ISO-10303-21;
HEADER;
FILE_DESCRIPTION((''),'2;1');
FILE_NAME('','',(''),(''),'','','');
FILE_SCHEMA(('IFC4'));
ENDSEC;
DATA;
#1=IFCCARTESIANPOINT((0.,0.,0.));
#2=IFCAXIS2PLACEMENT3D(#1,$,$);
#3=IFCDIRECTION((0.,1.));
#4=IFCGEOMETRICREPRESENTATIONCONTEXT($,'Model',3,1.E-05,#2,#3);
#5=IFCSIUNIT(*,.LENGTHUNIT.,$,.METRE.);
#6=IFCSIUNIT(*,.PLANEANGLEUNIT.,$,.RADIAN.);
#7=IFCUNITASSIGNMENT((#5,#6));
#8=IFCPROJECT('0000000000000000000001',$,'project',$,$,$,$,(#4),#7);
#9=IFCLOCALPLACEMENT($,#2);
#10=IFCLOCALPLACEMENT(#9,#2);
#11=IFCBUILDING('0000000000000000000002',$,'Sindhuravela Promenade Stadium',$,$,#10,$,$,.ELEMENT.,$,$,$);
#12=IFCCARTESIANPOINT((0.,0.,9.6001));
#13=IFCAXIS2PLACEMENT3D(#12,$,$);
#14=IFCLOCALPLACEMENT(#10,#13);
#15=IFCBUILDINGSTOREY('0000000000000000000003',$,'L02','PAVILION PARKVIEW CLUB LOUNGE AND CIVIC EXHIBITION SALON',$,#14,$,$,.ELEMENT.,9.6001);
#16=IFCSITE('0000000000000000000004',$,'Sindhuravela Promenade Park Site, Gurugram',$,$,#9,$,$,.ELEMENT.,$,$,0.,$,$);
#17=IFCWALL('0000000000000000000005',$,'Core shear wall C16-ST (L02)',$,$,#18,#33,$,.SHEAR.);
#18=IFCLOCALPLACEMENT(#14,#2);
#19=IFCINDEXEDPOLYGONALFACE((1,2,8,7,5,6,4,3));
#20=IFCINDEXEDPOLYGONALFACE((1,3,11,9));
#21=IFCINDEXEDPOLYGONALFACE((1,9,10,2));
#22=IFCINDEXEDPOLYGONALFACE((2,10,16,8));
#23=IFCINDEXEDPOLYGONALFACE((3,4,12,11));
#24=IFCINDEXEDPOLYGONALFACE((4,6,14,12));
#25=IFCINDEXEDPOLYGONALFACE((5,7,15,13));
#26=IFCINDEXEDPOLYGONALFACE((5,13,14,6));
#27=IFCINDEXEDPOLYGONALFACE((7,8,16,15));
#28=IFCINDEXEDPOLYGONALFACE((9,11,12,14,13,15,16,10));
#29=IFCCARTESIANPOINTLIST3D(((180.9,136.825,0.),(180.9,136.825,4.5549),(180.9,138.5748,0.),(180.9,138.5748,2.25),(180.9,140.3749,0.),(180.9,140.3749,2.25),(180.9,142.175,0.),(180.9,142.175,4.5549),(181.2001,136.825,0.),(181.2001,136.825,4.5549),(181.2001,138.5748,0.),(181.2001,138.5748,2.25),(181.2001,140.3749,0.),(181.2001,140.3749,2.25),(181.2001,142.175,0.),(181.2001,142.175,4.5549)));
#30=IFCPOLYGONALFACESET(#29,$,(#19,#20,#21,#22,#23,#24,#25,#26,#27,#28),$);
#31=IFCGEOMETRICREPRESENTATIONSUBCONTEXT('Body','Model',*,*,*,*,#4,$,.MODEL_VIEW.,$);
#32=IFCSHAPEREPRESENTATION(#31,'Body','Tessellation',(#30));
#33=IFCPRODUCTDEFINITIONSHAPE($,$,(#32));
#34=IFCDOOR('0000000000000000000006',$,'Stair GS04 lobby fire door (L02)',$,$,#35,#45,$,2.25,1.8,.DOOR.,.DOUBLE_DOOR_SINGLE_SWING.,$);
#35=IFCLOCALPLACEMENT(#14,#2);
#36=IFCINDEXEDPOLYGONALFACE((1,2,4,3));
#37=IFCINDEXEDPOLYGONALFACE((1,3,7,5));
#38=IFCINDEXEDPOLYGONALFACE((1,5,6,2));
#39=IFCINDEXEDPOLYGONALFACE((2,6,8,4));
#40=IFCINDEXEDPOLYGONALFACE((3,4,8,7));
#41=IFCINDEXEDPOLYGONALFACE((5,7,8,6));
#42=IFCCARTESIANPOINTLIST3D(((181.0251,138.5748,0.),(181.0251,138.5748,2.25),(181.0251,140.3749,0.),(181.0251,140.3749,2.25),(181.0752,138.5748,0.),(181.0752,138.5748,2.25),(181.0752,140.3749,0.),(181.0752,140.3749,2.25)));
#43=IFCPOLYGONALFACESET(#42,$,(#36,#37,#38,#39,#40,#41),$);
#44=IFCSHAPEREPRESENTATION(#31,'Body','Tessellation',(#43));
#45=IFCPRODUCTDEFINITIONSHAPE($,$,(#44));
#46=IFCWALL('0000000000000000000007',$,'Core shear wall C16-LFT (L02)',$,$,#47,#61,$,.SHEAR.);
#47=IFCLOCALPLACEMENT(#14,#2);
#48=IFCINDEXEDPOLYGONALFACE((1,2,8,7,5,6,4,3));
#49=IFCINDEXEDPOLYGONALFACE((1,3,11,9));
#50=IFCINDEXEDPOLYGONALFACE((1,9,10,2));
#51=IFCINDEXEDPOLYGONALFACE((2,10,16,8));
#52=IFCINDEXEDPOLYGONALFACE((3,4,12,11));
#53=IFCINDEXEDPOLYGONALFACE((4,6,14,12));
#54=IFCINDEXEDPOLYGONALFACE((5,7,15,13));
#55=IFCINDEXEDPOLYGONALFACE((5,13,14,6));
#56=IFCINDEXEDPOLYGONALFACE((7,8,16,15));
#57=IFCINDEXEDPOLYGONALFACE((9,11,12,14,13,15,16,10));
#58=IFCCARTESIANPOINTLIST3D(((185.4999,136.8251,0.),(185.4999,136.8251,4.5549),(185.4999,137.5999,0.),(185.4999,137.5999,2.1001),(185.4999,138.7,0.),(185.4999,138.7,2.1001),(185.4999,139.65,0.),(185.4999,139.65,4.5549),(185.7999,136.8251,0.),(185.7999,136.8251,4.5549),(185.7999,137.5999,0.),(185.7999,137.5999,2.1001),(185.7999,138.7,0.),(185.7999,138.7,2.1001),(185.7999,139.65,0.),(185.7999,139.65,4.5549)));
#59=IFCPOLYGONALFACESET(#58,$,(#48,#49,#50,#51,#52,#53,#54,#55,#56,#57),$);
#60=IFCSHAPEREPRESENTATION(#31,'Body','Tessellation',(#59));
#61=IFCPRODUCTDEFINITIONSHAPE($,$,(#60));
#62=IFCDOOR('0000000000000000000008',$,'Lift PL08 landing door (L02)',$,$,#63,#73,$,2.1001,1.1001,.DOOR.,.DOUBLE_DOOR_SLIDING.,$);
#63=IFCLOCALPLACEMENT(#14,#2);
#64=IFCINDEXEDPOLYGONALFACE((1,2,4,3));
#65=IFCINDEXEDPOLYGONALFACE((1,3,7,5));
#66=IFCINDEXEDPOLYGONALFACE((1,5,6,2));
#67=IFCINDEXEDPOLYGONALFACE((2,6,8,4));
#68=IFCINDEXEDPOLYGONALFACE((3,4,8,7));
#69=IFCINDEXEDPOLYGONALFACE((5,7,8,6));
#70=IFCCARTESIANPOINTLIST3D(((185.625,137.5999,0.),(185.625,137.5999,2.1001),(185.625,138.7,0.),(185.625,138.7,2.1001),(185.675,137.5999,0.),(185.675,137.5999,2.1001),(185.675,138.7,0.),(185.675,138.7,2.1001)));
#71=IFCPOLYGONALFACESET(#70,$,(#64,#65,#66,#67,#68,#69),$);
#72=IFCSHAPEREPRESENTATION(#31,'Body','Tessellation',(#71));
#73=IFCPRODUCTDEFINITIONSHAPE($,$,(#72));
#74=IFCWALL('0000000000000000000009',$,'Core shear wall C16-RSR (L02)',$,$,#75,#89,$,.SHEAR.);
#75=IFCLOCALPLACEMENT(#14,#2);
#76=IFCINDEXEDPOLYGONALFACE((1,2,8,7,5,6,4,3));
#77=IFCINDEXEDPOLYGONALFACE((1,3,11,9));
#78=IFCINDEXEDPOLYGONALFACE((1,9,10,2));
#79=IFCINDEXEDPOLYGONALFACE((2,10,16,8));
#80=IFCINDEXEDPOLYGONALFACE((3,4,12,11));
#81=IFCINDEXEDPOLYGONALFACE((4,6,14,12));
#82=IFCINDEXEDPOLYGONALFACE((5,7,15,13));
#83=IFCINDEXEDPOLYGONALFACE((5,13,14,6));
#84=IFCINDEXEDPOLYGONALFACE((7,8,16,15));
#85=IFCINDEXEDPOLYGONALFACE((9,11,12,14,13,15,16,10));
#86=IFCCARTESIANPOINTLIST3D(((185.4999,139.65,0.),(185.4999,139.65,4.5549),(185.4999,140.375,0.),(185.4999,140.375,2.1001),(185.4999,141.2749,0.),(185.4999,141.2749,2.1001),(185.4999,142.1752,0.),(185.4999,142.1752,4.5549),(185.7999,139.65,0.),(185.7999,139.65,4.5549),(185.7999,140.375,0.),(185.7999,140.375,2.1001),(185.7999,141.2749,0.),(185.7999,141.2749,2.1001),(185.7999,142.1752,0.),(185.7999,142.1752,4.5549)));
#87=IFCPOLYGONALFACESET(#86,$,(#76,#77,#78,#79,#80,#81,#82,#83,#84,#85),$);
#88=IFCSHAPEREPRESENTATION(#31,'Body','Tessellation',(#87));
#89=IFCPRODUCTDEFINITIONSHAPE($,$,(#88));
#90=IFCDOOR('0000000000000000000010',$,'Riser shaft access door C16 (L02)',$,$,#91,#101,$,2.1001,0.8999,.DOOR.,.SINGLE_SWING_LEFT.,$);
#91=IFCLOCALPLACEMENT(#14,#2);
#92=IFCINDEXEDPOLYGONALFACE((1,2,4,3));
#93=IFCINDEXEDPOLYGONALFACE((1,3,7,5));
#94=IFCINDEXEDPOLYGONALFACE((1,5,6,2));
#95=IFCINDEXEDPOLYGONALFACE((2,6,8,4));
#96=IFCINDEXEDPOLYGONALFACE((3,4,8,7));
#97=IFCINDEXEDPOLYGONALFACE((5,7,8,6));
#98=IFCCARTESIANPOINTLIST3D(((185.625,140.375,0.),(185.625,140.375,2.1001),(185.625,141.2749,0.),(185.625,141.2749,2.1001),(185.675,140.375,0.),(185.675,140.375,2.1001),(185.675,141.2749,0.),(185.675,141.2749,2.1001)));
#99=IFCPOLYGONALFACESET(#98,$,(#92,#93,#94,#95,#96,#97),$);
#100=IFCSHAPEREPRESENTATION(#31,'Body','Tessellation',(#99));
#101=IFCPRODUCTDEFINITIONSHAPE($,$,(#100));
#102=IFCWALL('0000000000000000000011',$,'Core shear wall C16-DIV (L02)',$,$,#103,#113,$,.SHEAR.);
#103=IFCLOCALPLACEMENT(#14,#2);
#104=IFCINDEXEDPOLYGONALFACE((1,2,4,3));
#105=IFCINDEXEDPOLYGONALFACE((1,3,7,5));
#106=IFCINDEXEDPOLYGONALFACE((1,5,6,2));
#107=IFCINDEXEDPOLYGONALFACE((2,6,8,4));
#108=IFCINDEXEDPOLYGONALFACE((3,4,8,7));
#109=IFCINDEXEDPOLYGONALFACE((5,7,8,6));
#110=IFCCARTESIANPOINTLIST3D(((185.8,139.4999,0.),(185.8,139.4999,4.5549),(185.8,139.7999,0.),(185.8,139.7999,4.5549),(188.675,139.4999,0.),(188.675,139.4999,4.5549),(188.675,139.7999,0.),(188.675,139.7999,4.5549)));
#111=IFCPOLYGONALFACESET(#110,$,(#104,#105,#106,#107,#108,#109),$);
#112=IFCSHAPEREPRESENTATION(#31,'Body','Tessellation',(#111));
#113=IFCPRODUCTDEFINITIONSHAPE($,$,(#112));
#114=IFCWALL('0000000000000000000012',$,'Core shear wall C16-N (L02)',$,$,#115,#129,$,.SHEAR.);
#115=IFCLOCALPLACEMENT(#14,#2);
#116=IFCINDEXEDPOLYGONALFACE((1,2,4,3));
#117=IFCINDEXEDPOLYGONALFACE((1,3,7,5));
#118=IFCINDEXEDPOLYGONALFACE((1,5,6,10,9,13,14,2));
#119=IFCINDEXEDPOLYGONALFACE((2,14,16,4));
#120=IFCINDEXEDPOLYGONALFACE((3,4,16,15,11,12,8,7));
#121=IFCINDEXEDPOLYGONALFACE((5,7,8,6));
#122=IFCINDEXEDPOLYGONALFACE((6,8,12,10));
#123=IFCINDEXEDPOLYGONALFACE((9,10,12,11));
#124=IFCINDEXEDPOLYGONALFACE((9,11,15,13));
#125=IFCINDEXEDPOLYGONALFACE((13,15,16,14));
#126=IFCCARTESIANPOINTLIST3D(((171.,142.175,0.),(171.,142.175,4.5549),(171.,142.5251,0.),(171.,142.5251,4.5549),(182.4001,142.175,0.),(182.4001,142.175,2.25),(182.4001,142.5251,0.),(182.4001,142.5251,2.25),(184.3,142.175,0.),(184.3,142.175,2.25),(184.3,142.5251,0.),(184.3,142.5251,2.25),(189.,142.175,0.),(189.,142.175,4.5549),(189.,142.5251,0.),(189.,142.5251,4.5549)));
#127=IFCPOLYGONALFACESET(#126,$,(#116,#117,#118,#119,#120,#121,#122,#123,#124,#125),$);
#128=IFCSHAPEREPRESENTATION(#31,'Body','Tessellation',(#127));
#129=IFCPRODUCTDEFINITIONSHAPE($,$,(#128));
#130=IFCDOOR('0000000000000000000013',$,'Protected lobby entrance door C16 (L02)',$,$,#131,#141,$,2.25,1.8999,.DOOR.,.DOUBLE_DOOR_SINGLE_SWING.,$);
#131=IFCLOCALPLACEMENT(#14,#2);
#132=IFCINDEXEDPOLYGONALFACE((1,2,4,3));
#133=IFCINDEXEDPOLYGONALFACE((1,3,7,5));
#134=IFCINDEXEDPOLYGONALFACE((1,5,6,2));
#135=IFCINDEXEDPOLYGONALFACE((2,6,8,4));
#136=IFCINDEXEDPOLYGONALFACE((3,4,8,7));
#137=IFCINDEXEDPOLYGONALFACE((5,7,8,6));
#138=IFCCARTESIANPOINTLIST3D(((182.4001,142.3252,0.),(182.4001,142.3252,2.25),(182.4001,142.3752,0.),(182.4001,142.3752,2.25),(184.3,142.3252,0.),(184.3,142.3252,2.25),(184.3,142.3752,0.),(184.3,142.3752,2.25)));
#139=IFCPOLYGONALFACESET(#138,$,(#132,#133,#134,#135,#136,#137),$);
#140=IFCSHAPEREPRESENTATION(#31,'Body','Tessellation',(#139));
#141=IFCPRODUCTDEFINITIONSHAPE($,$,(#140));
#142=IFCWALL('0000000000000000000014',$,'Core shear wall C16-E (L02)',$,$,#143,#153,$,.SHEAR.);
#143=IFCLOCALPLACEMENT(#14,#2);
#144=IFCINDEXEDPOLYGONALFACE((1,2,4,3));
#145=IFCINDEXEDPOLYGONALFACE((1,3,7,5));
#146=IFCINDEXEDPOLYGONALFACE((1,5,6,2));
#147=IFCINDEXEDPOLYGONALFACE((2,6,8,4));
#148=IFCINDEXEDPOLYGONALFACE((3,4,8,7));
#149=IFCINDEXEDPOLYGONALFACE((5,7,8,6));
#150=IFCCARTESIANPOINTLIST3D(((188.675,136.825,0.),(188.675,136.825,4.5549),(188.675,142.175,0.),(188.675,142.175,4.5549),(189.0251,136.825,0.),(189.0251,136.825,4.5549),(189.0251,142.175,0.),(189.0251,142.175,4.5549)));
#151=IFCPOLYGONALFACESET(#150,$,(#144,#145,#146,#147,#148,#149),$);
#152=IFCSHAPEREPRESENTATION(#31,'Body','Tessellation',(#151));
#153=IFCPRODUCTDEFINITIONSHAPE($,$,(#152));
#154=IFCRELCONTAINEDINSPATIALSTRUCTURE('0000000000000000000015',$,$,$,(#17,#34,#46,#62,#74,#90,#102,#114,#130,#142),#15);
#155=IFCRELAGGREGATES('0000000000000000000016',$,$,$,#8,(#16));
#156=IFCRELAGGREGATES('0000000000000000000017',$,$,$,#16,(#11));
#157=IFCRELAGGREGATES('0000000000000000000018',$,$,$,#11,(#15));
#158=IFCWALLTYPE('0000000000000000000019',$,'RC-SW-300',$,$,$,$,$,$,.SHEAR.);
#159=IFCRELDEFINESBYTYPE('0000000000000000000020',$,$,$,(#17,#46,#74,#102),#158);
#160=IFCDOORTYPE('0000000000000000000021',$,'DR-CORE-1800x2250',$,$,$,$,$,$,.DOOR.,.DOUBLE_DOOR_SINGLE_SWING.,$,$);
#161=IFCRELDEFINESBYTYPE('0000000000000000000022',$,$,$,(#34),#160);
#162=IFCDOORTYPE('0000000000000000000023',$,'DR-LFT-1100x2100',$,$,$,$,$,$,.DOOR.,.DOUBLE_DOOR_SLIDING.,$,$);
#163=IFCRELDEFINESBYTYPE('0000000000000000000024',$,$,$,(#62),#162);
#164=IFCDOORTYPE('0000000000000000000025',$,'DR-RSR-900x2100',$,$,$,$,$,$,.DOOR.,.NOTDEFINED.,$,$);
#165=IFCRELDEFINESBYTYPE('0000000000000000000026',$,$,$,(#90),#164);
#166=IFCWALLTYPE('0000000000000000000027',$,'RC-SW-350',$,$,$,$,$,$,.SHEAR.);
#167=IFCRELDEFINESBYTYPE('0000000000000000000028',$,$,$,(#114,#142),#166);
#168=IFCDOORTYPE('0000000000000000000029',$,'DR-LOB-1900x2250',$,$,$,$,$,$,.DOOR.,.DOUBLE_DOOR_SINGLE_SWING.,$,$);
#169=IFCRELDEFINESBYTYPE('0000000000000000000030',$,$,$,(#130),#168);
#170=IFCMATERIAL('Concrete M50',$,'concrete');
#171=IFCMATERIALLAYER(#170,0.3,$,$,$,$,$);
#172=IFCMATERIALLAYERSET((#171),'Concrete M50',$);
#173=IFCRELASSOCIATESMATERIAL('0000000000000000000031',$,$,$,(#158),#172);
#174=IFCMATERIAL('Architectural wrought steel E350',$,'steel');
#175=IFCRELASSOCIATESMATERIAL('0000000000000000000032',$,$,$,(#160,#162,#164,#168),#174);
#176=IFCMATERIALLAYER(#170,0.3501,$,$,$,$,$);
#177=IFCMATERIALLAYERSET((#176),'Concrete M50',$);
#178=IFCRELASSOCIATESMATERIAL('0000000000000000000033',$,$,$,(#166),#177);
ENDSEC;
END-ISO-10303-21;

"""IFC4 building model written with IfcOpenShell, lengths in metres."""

from ifc_helpers import new_model, si_unit, direction, frame, frame_2d, origin, place, context, subcontext, project, spatial, rectangle, extrude, material, layer, layer_set, type_object, element, fill, save


model = new_model("IFC4")

# Units and contexts
model_context = context("Model", 3, precision=1e-05, world=origin(), true_north=direction((0.0, 1.0)))
body_context = subcontext(model_context, "Body", "Model", "MODEL_VIEW")
ifc_project = project(units=[si_unit("LENGTHUNIT", "METRE"), si_unit("PLANEANGLEUNIT", "RADIAN")], contexts=[model_context])

# Site, building, storey
site_placement = place(None, origin())
site = spatial("IfcSite", under=ifc_project, at=site_placement, Name="Sindhuravela Promenade Park Site, Gurugram", CompositionType="ELEMENT", RefElevation=0.0)
building_placement = place(site_placement, origin())
building = spatial("IfcBuilding", under=site, at=building_placement, Name="Sindhuravela Promenade Stadium", CompositionType="ELEMENT")
storey_placement = place(building_placement, frame((0.0, 0.0, 9.6001)))
storey = spatial("IfcBuildingStorey", under=building, at=storey_placement, Name="L02", Description="PAVILION PARKVIEW CLUB LOUNGE AND CIVIC EXHIBITION SALON", CompositionType="ELEMENT", Elevation=9.6001)

# Walls, openings, doors
ifc_material_1 = material(Name="Concrete M50", Category="concrete")
ifc_layer_1 = layer(ifc_material_1, 0.3)
ifc_layer_set_1 = layer_set([ifc_layer_1], Name="Concrete M50")
wall_type_1 = type_object("IfcWallType", Name="RC-SW-300", PredefinedType="SHEAR", material=ifc_layer_set_1)
wall_1_placement = place(storey_placement, frame((181.05, 136.825, 0.0), z_axis=(0.0, 0.0, 1.0), x_axis=(0.0, 1.0, 0.0)))
wall_1 = element("IfcWall", 1, at=wall_1_placement, inside=storey, type_object=wall_type_1, Name="Core shear wall C16-ST (L02)", PredefinedType="SHEAR", context=body_context, shape_type="SweptSolid", body=[
    extrude(rectangle(XDim=5.3501, YDim=0.3, at=frame_2d((2.675, 0.0))), origin(), (0.0, 0.0, 1.0), 4.5549),
])
opening_1_placement = place(wall_1_placement, frame((1.75, 0.0, 0.0)))
opening_1 = element("IfcOpeningElement", 2, at=opening_1_placement, cuts=wall_1, PredefinedType="OPENING", context=body_context, shape_type="SweptSolid", body=[
    extrude(rectangle(XDim=1.8, YDim=2.25, at=frame_2d((0.8999, 1.125))), frame((0.0, 0.1599, 0.0), z_axis=(0.0, -1.0, 0.0), x_axis=(1.0, 0.0, 0.0)), (0.0, 0.0, 1.0), 0.3201),
])
ifc_material_2 = material(Name="Architectural wrought steel E350", Category="steel")
door_type_1 = type_object("IfcDoorType", Name="DR-CORE-1800x2250", OperationType="DOUBLE_DOOR_SINGLE_SWING", PredefinedType="DOOR", material=ifc_material_2)
door_1_placement = place(opening_1_placement, origin())
door_1 = element("IfcDoor", 3, at=door_1_placement, inside=storey, type_object=door_type_1, Name="Stair GS04 lobby fire door (L02)", OperationType="DOUBLE_DOOR_SINGLE_SWING", OverallHeight=2.25, OverallWidth=1.8, PredefinedType="DOOR", context=body_context, shape_type="SweptSolid", body=[
    extrude(rectangle(XDim=1.8, YDim=2.25, at=frame_2d((0.8999, 1.125))), frame((0.0, 0.0249, 0.0), z_axis=(0.0, -1.0, 0.0), x_axis=(1.0, 0.0, 0.0)), (0.0, 0.0, 1.0), 0.05),
])
fill(opening_1, door_1)
wall_2_placement = place(storey_placement, frame((185.6499, 136.825, 0.0), z_axis=(0.0, 0.0, 1.0), x_axis=(0.0, 1.0, 0.0)))
wall_2 = element("IfcWall", 4, at=wall_2_placement, inside=storey, type_object=wall_type_1, Name="Core shear wall C16-LFT (L02)", PredefinedType="SHEAR", context=body_context, shape_type="SweptSolid", body=[
    extrude(rectangle(XDim=2.825, YDim=0.3, at=frame_2d((1.4126, 0.0))), origin(), (0.0, 0.0, 1.0), 4.5549),
])
opening_2_placement = place(wall_2_placement, frame((0.7749, 0.0, 0.0)))
opening_2 = element("IfcOpeningElement", 5, at=opening_2_placement, cuts=wall_2, PredefinedType="OPENING", context=body_context, shape_type="SweptSolid", body=[
    extrude(rectangle(XDim=1.1001, YDim=2.1001, at=frame_2d((0.55, 1.05))), frame((0.0, 0.1599, 0.0), z_axis=(0.0, -1.0, 0.0), x_axis=(1.0, 0.0, 0.0)), (0.0, 0.0, 1.0), 0.3201),
])
door_type_2 = type_object("IfcDoorType", Name="DR-LFT-1100x2100", OperationType="DOUBLE_DOOR_SLIDING", PredefinedType="DOOR", material=ifc_material_2)
door_2_placement = place(opening_2_placement, origin())
door_2 = element("IfcDoor", 6, at=door_2_placement, inside=storey, type_object=door_type_2, Name="Lift PL08 landing door (L02)", OperationType="DOUBLE_DOOR_SLIDING", OverallHeight=2.1001, OverallWidth=1.1001, PredefinedType="DOOR", context=body_context, shape_type="SweptSolid", body=[
    extrude(rectangle(XDim=1.1001, YDim=2.1001, at=frame_2d((0.55, 1.05))), frame((0.0, 0.0249, 0.0), z_axis=(0.0, -1.0, 0.0), x_axis=(1.0, 0.0, 0.0)), (0.0, 0.0, 1.0), 0.05),
])
fill(opening_2, door_2)
wall_3_placement = place(storey_placement, frame((185.6499, 139.6499, 0.0), z_axis=(0.0, 0.0, 1.0), x_axis=(0.0, 1.0, 0.0)))
wall_3 = element("IfcWall", 7, at=wall_3_placement, inside=storey, type_object=wall_type_1, Name="Core shear wall C16-RSR (L02)", PredefinedType="SHEAR", context=body_context, shape_type="SweptSolid", body=[
    extrude(rectangle(XDim=2.5251, YDim=0.3, at=frame_2d((1.2627, 0.0))), origin(), (0.0, 0.0, 1.0), 4.5549),
])
opening_3_placement = place(wall_3_placement, frame((0.7251, 0.0, 0.0)))
opening_3 = element("IfcOpeningElement", 8, at=opening_3_placement, cuts=wall_3, PredefinedType="OPENING", context=body_context, shape_type="SweptSolid", body=[
    extrude(rectangle(XDim=0.8999, YDim=2.1001, at=frame_2d((0.45, 1.05))), frame((0.0, 0.1599, 0.0), z_axis=(0.0, -1.0, 0.0), x_axis=(1.0, 0.0, 0.0)), (0.0, 0.0, 1.0), 0.3201),
])
door_type_3 = type_object("IfcDoorType", Name="DR-RSR-900x2100", OperationType="NOTDEFINED", PredefinedType="DOOR", material=ifc_material_2)
door_3_placement = place(opening_3_placement, origin())
door_3 = element("IfcDoor", 9, at=door_3_placement, inside=storey, type_object=door_type_3, Name="Riser shaft access door C16 (L02)", OperationType="SINGLE_SWING_LEFT", OverallHeight=2.1001, OverallWidth=0.8999, PredefinedType="DOOR", context=body_context, shape_type="SweptSolid", body=[
    extrude(rectangle(XDim=0.8999, YDim=2.1001, at=frame_2d((0.45, 1.05))), frame((0.0, 0.0249, 0.0), z_axis=(0.0, -1.0, 0.0), x_axis=(1.0, 0.0, 0.0)), (0.0, 0.0, 1.0), 0.05),
])
fill(opening_3, door_3)

# Wall
wall_4_placement = place(storey_placement, frame((185.8, 139.6499, 0.0), z_axis=(0.0, 0.0, 1.0), x_axis=(1.0, 0.0, 0.0)))
element("IfcWall", 10, at=wall_4_placement, inside=storey, type_object=wall_type_1, Name="Core shear wall C16-DIV (L02)", PredefinedType="SHEAR", context=body_context, shape_type="SweptSolid", body=[
    extrude(rectangle(XDim=2.875, YDim=0.3, at=frame_2d((1.4375, 0.0))), origin(), (0.0, 0.0, 1.0), 4.5549),
])

# Wall, opening, door
ifc_layer_2 = layer(ifc_material_1, 0.3501)
ifc_layer_set_2 = layer_set([ifc_layer_2], Name="Concrete M50")
wall_type_2 = type_object("IfcWallType", Name="RC-SW-350", PredefinedType="SHEAR", material=ifc_layer_set_2)
wall_5_placement = place(storey_placement, frame((189.0, 142.3501, 0.0), z_axis=(0.0, 0.0, 1.0), x_axis=(-1.0, 0.0, 0.0)))
wall_5 = element("IfcWall", 11, at=wall_5_placement, inside=storey, type_object=wall_type_2, Name="Core shear wall C16-N (L02)", PredefinedType="SHEAR", context=body_context, shape_type="SweptSolid", body=[
    extrude(rectangle(XDim=18.0, YDim=0.3501, at=frame_2d((9.0, 0.0))), origin(), (0.0, 0.0, 1.0), 4.5549),
])
opening_4_placement = place(wall_5_placement, frame((4.7, 0.0, 0.0)))
opening_4 = element("IfcOpeningElement", 12, at=opening_4_placement, cuts=wall_5, PredefinedType="OPENING", context=body_context, shape_type="SweptSolid", body=[
    extrude(rectangle(XDim=1.8999, YDim=2.25, at=frame_2d((0.95, 1.125))), frame((0.0, 0.1851, 0.0), z_axis=(0.0, -1.0, 0.0), x_axis=(1.0, 0.0, 0.0)), (0.0, 0.0, 1.0), 0.3701),
])
door_type_4 = type_object("IfcDoorType", Name="DR-LOB-1900x2250", OperationType="DOUBLE_DOOR_SINGLE_SWING", PredefinedType="DOOR", material=ifc_material_2)
door_4_placement = place(opening_4_placement, origin())
door_4 = element("IfcDoor", 13, at=door_4_placement, inside=storey, type_object=door_type_4, Name="Protected lobby entrance door C16 (L02)", OperationType="DOUBLE_DOOR_SINGLE_SWING", OverallHeight=2.25, OverallWidth=1.8999, PredefinedType="DOOR", context=body_context, shape_type="SweptSolid", body=[
    extrude(rectangle(XDim=1.8999, YDim=2.25, at=frame_2d((0.95, 1.125))), frame((0.0, 0.0249, 0.0), z_axis=(0.0, -1.0, 0.0), x_axis=(1.0, 0.0, 0.0)), (0.0, 0.0, 1.0), 0.05),
])
fill(opening_4, door_4)

# Wall
wall_6_placement = place(storey_placement, frame((188.8501, 136.825, 0.0), z_axis=(0.0, 0.0, 1.0), x_axis=(0.0, 1.0, 0.0)))
element("IfcWall", 14, at=wall_6_placement, inside=storey, type_object=wall_type_2, Name="Core shear wall C16-E (L02)", PredefinedType="SHEAR", context=body_context, shape_type="SweptSolid", body=[
    extrude(rectangle(XDim=5.3501, YDim=0.3501, at=frame_2d((2.675, 0.0))), origin(), (0.0, 0.0, 1.0), 4.5549),
])

save(model, "model.ifc")
